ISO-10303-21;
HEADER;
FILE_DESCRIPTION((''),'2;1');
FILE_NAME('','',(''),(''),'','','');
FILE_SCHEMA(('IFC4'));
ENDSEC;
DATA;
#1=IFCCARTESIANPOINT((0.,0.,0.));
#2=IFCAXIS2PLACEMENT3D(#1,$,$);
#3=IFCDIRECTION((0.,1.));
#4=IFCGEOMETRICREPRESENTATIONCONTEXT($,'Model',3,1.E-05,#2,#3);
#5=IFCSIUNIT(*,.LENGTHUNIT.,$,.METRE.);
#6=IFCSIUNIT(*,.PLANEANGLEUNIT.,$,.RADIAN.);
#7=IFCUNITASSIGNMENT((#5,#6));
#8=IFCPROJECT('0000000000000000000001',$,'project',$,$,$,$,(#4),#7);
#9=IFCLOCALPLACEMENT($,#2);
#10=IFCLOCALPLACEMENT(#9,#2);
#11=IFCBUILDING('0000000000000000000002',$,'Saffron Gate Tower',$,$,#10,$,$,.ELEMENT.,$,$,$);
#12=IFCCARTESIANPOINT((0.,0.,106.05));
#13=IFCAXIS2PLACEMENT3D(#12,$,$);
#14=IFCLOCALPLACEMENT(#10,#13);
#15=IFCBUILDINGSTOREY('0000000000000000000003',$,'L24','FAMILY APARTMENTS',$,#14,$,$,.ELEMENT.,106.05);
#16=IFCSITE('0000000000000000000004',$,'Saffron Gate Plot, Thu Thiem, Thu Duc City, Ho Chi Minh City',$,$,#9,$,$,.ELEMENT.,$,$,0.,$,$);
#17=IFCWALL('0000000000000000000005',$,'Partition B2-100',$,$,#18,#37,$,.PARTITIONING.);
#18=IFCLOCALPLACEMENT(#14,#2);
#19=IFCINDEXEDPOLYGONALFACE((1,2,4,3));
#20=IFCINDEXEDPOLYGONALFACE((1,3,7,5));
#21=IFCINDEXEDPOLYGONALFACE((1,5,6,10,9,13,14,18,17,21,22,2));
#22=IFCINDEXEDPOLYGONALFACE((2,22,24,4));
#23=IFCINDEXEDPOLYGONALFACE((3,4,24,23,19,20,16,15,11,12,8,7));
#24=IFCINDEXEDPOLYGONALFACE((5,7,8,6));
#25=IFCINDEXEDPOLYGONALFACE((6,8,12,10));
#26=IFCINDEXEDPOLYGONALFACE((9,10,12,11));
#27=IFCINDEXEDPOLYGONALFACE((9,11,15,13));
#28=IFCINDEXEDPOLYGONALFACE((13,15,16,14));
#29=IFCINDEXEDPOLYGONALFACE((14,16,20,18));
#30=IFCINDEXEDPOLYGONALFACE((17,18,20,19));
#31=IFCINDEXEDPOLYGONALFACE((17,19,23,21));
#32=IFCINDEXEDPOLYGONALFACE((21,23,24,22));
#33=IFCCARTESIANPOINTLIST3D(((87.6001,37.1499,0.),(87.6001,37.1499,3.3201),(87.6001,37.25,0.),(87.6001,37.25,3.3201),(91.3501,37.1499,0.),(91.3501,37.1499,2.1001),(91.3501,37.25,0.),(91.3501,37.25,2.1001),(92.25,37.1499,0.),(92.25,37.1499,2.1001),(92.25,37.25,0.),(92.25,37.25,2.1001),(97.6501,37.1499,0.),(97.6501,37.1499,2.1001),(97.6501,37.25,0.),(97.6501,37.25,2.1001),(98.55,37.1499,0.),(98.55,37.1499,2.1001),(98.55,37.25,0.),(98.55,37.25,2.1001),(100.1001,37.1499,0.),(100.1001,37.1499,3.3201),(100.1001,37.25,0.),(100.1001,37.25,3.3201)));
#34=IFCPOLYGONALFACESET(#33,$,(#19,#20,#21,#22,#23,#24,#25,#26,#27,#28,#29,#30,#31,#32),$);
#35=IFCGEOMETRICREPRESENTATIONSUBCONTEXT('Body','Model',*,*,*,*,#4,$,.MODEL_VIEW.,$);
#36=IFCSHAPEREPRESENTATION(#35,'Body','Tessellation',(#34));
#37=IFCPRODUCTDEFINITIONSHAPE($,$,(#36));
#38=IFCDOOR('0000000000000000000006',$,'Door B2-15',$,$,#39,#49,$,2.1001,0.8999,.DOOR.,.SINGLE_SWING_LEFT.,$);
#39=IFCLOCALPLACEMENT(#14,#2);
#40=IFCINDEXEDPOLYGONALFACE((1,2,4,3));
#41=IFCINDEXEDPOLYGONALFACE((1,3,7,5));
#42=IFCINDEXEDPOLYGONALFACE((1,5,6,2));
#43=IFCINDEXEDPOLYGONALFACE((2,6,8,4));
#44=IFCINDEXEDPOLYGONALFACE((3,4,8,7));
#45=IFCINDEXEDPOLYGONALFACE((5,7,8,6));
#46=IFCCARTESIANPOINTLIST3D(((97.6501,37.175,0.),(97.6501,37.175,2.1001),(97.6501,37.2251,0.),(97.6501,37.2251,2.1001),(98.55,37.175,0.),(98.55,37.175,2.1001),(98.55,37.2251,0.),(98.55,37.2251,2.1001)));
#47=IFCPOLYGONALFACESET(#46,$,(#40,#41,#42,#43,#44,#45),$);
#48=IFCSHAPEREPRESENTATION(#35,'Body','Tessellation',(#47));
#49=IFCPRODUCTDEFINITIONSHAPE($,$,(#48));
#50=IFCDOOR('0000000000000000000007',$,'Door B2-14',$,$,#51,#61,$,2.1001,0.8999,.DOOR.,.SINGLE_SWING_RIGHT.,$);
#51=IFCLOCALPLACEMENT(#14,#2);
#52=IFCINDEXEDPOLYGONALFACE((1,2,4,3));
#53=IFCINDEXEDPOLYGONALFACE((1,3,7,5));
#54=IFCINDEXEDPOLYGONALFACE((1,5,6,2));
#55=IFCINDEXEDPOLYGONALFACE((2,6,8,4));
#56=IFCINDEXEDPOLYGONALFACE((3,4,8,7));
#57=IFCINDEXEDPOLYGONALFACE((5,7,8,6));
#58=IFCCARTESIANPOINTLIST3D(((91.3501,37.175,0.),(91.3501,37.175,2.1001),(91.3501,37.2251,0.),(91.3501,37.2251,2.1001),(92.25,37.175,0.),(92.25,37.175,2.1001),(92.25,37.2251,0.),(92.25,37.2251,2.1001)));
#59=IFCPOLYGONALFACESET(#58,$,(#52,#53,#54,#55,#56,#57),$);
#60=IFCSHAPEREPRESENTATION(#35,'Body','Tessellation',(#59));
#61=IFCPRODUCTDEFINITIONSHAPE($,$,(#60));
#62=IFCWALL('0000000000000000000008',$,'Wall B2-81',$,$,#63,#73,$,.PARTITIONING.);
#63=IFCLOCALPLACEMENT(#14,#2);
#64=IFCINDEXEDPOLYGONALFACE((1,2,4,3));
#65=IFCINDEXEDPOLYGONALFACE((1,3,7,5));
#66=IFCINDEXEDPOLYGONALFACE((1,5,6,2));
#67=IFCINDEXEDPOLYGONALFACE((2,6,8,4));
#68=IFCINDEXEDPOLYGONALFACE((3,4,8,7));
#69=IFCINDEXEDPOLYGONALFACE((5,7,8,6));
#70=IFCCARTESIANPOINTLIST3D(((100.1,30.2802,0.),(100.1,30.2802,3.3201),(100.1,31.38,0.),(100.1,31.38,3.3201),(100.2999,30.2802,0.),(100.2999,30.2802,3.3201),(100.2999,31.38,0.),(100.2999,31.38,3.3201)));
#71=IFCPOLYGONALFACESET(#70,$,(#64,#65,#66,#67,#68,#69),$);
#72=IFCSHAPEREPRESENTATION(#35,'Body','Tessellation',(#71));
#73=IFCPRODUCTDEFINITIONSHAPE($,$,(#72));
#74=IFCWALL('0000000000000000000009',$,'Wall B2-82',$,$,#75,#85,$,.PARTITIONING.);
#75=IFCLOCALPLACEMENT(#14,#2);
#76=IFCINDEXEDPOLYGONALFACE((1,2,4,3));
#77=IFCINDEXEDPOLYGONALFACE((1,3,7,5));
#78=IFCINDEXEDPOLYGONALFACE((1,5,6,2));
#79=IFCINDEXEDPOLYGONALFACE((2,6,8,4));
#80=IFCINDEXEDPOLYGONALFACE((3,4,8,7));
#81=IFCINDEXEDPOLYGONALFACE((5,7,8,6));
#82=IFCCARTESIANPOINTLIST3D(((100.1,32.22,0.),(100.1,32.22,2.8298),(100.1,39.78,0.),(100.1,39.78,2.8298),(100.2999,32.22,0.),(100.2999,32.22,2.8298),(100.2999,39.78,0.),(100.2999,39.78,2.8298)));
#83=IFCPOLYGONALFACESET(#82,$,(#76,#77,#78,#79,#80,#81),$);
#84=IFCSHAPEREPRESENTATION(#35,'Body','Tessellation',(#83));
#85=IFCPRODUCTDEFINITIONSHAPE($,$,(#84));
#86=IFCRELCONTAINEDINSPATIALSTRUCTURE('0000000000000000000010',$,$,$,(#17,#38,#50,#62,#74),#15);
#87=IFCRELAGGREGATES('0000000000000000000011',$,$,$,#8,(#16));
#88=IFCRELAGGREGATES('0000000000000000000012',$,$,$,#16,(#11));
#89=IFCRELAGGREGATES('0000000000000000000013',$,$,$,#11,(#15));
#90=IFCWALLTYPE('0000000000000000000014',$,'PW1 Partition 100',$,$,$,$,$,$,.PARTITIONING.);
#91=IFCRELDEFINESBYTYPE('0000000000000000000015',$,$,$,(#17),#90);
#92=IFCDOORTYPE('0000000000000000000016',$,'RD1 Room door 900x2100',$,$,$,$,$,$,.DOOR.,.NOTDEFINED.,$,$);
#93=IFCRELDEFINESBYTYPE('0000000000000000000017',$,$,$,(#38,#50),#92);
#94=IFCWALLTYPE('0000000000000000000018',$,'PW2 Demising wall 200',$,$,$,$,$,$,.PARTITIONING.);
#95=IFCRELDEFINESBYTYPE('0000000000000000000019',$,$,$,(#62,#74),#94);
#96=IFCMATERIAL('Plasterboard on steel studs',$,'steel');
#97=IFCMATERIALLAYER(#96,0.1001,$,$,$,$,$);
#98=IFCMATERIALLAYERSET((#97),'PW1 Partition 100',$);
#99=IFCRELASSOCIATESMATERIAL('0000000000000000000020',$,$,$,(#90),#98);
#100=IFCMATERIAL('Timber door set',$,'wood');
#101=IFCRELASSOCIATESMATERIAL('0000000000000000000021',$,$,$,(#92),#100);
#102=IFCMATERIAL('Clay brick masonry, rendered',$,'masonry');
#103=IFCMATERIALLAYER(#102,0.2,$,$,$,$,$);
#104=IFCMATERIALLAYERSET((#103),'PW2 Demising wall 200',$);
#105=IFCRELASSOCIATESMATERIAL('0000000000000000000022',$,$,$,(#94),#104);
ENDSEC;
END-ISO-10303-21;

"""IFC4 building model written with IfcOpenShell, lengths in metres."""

from ifc_helpers import new_model, si_unit, direction, frame, frame_2d, origin, place, context, subcontext, project, spatial, rectangle, extrude, material, layer, layer_set, type_object, element, fill, save


model = new_model("IFC4")

# Units and contexts
model_context = context("Model", 3, precision=1e-05, world=origin(), true_north=direction((0.0, 1.0)))
body_context = subcontext(model_context, "Body", "Model", "MODEL_VIEW")
ifc_project = project(units=[si_unit("LENGTHUNIT", "METRE"), si_unit("PLANEANGLEUNIT", "RADIAN")], contexts=[model_context])

# Site, building, storey
site_placement = place(None, origin())
site = spatial("IfcSite", under=ifc_project, at=site_placement, Name="Saffron Gate Plot, Thu Thiem, Thu Duc City, Ho Chi Minh City", CompositionType="ELEMENT", RefElevation=0.0)
building_placement = place(site_placement, origin())
building = spatial("IfcBuilding", under=site, at=building_placement, Name="Saffron Gate Tower", CompositionType="ELEMENT")
storey_placement = place(building_placement, frame((0.0, 0.0, 106.05)))
storey = spatial("IfcBuildingStorey", under=building, at=storey_placement, Name="L24", Description="FAMILY APARTMENTS", CompositionType="ELEMENT", Elevation=106.05)

# Shared definitions
ifc_material_1 = material(Name="Plasterboard on steel studs", Category="steel")
ifc_layer_1 = layer(ifc_material_1, 0.1001)
ifc_layer_set_1 = layer_set([ifc_layer_1], Name="PW1 Partition 100")
wall_type_1 = type_object("IfcWallType", Name="PW1 Partition 100", PredefinedType="PARTITIONING", material=ifc_layer_set_1)
ifc_material_2 = material(Name="Timber door set", Category="wood")
door_type = type_object("IfcDoorType", Name="RD1 Room door 900x2100", OperationType="NOTDEFINED", PredefinedType="DOOR", material=ifc_material_2)

# Wall, openings, doors
wall_1_placement = place(storey_placement, frame((100.1001, 37.2, 0.0), z_axis=(0.0, 0.0, 1.0), x_axis=(-1.0, 0.0, 0.0)))
wall_1 = element("IfcWall", 1, at=wall_1_placement, inside=storey, type_object=wall_type_1, Name="Partition B2-100", PredefinedType="PARTITIONING", context=body_context, shape_type="SweptSolid", body=[
    extrude(rectangle(XDim=12.5, YDim=0.1001, at=frame_2d((6.25, 0.0))), origin(), (0.0, 0.0, 1.0), 3.3201),
])
opening_1_placement = place(wall_1_placement, frame((1.55, 0.0, 0.0)))
opening_1 = element("IfcOpeningElement", 2, at=opening_1_placement, cuts=wall_1, PredefinedType="OPENING", context=body_context, shape_type="SweptSolid", body=[
    extrude(rectangle(XDim=0.8999, YDim=2.1001, at=frame_2d((0.45, 1.05))), frame((0.0, 0.0601, 0.0), z_axis=(0.0, -1.0, 0.0), x_axis=(1.0, 0.0, 0.0)), (0.0, 0.0, 1.0), 0.1201),
])
opening_2_placement = place(wall_1_placement, frame((7.8501, 0.0, 0.0)))
opening_2 = element("IfcOpeningElement", 3, at=opening_2_placement, cuts=wall_1, PredefinedType="OPENING", context=body_context, shape_type="SweptSolid", body=[
    extrude(rectangle(XDim=0.8999, YDim=2.1001, at=frame_2d((0.45, 1.05))), frame((0.0, 0.0601, 0.0), z_axis=(0.0, -1.0, 0.0), x_axis=(1.0, 0.0, 0.0)), (0.0, 0.0, 1.0), 0.1201),
])
door_1_placement = place(opening_1_placement, origin())
door_1 = element("IfcDoor", 4, at=door_1_placement, inside=storey, type_object=door_type, Name="Door B2-15", OperationType="SINGLE_SWING_LEFT", OverallHeight=2.1001, OverallWidth=0.8999, PredefinedType="DOOR", context=body_context, shape_type="SweptSolid", body=[
    extrude(rectangle(XDim=0.8999, YDim=2.1001, at=frame_2d((0.45, 1.05))), frame((0.0, 0.0249, 0.0), z_axis=(0.0, -1.0, 0.0), x_axis=(1.0, 0.0, 0.0)), (0.0, 0.0, 1.0), 0.05),
])
fill(opening_1, door_1)
door_2_placement = place(opening_2_placement, origin())
door_2 = element("IfcDoor", 5, at=door_2_placement, inside=storey, type_object=door_type, Name="Door B2-14", OperationType="SINGLE_SWING_RIGHT", OverallHeight=2.1001, OverallWidth=0.8999, PredefinedType="DOOR", context=body_context, shape_type="SweptSolid", body=[
    extrude(rectangle(XDim=0.8999, YDim=2.1001, at=frame_2d((0.45, 1.05))), frame((0.0, 0.0249, 0.0), z_axis=(0.0, -1.0, 0.0), x_axis=(1.0, 0.0, 0.0)), (0.0, 0.0, 1.0), 0.05),
])
fill(opening_2, door_2)

# Walls
ifc_material_3 = material(Name="Clay brick masonry, rendered", Category="masonry")
ifc_layer_2 = layer(ifc_material_3, 0.2)
ifc_layer_set_2 = layer_set([ifc_layer_2], Name="PW2 Demising wall 200")
wall_type_2 = type_object("IfcWallType", Name="PW2 Demising wall 200", PredefinedType="PARTITIONING", material=ifc_layer_set_2)
wall_2_placement = place(storey_placement, frame((100.2, 31.3799, 0.0), z_axis=(0.0, 0.0, 1.0), x_axis=(0.0, -1.0, 0.0)))
element("IfcWall", 6, at=wall_2_placement, inside=storey, type_object=wall_type_2, Name="Wall B2-81", PredefinedType="PARTITIONING", context=body_context, shape_type="SweptSolid", body=[
    extrude(rectangle(XDim=1.0999, YDim=0.2, at=frame_2d((0.5498, 0.0))), origin(), (0.0, 0.0, 1.0), 3.3201),
])
wall_3_placement = place(storey_placement, frame((100.2, 39.78, 0.0), z_axis=(0.0, 0.0, 1.0), x_axis=(0.0, -1.0, 0.0)))
element("IfcWall", 7, at=wall_3_placement, inside=storey, type_object=wall_type_2, Name="Wall B2-82", PredefinedType="PARTITIONING", context=body_context, shape_type="SweptSolid", body=[
    extrude(rectangle(XDim=7.5601, YDim=0.2, at=frame_2d((3.78, 0.0))), origin(), (0.0, 0.0, 1.0), 2.8298),
])

save(model, "model.ifc")
